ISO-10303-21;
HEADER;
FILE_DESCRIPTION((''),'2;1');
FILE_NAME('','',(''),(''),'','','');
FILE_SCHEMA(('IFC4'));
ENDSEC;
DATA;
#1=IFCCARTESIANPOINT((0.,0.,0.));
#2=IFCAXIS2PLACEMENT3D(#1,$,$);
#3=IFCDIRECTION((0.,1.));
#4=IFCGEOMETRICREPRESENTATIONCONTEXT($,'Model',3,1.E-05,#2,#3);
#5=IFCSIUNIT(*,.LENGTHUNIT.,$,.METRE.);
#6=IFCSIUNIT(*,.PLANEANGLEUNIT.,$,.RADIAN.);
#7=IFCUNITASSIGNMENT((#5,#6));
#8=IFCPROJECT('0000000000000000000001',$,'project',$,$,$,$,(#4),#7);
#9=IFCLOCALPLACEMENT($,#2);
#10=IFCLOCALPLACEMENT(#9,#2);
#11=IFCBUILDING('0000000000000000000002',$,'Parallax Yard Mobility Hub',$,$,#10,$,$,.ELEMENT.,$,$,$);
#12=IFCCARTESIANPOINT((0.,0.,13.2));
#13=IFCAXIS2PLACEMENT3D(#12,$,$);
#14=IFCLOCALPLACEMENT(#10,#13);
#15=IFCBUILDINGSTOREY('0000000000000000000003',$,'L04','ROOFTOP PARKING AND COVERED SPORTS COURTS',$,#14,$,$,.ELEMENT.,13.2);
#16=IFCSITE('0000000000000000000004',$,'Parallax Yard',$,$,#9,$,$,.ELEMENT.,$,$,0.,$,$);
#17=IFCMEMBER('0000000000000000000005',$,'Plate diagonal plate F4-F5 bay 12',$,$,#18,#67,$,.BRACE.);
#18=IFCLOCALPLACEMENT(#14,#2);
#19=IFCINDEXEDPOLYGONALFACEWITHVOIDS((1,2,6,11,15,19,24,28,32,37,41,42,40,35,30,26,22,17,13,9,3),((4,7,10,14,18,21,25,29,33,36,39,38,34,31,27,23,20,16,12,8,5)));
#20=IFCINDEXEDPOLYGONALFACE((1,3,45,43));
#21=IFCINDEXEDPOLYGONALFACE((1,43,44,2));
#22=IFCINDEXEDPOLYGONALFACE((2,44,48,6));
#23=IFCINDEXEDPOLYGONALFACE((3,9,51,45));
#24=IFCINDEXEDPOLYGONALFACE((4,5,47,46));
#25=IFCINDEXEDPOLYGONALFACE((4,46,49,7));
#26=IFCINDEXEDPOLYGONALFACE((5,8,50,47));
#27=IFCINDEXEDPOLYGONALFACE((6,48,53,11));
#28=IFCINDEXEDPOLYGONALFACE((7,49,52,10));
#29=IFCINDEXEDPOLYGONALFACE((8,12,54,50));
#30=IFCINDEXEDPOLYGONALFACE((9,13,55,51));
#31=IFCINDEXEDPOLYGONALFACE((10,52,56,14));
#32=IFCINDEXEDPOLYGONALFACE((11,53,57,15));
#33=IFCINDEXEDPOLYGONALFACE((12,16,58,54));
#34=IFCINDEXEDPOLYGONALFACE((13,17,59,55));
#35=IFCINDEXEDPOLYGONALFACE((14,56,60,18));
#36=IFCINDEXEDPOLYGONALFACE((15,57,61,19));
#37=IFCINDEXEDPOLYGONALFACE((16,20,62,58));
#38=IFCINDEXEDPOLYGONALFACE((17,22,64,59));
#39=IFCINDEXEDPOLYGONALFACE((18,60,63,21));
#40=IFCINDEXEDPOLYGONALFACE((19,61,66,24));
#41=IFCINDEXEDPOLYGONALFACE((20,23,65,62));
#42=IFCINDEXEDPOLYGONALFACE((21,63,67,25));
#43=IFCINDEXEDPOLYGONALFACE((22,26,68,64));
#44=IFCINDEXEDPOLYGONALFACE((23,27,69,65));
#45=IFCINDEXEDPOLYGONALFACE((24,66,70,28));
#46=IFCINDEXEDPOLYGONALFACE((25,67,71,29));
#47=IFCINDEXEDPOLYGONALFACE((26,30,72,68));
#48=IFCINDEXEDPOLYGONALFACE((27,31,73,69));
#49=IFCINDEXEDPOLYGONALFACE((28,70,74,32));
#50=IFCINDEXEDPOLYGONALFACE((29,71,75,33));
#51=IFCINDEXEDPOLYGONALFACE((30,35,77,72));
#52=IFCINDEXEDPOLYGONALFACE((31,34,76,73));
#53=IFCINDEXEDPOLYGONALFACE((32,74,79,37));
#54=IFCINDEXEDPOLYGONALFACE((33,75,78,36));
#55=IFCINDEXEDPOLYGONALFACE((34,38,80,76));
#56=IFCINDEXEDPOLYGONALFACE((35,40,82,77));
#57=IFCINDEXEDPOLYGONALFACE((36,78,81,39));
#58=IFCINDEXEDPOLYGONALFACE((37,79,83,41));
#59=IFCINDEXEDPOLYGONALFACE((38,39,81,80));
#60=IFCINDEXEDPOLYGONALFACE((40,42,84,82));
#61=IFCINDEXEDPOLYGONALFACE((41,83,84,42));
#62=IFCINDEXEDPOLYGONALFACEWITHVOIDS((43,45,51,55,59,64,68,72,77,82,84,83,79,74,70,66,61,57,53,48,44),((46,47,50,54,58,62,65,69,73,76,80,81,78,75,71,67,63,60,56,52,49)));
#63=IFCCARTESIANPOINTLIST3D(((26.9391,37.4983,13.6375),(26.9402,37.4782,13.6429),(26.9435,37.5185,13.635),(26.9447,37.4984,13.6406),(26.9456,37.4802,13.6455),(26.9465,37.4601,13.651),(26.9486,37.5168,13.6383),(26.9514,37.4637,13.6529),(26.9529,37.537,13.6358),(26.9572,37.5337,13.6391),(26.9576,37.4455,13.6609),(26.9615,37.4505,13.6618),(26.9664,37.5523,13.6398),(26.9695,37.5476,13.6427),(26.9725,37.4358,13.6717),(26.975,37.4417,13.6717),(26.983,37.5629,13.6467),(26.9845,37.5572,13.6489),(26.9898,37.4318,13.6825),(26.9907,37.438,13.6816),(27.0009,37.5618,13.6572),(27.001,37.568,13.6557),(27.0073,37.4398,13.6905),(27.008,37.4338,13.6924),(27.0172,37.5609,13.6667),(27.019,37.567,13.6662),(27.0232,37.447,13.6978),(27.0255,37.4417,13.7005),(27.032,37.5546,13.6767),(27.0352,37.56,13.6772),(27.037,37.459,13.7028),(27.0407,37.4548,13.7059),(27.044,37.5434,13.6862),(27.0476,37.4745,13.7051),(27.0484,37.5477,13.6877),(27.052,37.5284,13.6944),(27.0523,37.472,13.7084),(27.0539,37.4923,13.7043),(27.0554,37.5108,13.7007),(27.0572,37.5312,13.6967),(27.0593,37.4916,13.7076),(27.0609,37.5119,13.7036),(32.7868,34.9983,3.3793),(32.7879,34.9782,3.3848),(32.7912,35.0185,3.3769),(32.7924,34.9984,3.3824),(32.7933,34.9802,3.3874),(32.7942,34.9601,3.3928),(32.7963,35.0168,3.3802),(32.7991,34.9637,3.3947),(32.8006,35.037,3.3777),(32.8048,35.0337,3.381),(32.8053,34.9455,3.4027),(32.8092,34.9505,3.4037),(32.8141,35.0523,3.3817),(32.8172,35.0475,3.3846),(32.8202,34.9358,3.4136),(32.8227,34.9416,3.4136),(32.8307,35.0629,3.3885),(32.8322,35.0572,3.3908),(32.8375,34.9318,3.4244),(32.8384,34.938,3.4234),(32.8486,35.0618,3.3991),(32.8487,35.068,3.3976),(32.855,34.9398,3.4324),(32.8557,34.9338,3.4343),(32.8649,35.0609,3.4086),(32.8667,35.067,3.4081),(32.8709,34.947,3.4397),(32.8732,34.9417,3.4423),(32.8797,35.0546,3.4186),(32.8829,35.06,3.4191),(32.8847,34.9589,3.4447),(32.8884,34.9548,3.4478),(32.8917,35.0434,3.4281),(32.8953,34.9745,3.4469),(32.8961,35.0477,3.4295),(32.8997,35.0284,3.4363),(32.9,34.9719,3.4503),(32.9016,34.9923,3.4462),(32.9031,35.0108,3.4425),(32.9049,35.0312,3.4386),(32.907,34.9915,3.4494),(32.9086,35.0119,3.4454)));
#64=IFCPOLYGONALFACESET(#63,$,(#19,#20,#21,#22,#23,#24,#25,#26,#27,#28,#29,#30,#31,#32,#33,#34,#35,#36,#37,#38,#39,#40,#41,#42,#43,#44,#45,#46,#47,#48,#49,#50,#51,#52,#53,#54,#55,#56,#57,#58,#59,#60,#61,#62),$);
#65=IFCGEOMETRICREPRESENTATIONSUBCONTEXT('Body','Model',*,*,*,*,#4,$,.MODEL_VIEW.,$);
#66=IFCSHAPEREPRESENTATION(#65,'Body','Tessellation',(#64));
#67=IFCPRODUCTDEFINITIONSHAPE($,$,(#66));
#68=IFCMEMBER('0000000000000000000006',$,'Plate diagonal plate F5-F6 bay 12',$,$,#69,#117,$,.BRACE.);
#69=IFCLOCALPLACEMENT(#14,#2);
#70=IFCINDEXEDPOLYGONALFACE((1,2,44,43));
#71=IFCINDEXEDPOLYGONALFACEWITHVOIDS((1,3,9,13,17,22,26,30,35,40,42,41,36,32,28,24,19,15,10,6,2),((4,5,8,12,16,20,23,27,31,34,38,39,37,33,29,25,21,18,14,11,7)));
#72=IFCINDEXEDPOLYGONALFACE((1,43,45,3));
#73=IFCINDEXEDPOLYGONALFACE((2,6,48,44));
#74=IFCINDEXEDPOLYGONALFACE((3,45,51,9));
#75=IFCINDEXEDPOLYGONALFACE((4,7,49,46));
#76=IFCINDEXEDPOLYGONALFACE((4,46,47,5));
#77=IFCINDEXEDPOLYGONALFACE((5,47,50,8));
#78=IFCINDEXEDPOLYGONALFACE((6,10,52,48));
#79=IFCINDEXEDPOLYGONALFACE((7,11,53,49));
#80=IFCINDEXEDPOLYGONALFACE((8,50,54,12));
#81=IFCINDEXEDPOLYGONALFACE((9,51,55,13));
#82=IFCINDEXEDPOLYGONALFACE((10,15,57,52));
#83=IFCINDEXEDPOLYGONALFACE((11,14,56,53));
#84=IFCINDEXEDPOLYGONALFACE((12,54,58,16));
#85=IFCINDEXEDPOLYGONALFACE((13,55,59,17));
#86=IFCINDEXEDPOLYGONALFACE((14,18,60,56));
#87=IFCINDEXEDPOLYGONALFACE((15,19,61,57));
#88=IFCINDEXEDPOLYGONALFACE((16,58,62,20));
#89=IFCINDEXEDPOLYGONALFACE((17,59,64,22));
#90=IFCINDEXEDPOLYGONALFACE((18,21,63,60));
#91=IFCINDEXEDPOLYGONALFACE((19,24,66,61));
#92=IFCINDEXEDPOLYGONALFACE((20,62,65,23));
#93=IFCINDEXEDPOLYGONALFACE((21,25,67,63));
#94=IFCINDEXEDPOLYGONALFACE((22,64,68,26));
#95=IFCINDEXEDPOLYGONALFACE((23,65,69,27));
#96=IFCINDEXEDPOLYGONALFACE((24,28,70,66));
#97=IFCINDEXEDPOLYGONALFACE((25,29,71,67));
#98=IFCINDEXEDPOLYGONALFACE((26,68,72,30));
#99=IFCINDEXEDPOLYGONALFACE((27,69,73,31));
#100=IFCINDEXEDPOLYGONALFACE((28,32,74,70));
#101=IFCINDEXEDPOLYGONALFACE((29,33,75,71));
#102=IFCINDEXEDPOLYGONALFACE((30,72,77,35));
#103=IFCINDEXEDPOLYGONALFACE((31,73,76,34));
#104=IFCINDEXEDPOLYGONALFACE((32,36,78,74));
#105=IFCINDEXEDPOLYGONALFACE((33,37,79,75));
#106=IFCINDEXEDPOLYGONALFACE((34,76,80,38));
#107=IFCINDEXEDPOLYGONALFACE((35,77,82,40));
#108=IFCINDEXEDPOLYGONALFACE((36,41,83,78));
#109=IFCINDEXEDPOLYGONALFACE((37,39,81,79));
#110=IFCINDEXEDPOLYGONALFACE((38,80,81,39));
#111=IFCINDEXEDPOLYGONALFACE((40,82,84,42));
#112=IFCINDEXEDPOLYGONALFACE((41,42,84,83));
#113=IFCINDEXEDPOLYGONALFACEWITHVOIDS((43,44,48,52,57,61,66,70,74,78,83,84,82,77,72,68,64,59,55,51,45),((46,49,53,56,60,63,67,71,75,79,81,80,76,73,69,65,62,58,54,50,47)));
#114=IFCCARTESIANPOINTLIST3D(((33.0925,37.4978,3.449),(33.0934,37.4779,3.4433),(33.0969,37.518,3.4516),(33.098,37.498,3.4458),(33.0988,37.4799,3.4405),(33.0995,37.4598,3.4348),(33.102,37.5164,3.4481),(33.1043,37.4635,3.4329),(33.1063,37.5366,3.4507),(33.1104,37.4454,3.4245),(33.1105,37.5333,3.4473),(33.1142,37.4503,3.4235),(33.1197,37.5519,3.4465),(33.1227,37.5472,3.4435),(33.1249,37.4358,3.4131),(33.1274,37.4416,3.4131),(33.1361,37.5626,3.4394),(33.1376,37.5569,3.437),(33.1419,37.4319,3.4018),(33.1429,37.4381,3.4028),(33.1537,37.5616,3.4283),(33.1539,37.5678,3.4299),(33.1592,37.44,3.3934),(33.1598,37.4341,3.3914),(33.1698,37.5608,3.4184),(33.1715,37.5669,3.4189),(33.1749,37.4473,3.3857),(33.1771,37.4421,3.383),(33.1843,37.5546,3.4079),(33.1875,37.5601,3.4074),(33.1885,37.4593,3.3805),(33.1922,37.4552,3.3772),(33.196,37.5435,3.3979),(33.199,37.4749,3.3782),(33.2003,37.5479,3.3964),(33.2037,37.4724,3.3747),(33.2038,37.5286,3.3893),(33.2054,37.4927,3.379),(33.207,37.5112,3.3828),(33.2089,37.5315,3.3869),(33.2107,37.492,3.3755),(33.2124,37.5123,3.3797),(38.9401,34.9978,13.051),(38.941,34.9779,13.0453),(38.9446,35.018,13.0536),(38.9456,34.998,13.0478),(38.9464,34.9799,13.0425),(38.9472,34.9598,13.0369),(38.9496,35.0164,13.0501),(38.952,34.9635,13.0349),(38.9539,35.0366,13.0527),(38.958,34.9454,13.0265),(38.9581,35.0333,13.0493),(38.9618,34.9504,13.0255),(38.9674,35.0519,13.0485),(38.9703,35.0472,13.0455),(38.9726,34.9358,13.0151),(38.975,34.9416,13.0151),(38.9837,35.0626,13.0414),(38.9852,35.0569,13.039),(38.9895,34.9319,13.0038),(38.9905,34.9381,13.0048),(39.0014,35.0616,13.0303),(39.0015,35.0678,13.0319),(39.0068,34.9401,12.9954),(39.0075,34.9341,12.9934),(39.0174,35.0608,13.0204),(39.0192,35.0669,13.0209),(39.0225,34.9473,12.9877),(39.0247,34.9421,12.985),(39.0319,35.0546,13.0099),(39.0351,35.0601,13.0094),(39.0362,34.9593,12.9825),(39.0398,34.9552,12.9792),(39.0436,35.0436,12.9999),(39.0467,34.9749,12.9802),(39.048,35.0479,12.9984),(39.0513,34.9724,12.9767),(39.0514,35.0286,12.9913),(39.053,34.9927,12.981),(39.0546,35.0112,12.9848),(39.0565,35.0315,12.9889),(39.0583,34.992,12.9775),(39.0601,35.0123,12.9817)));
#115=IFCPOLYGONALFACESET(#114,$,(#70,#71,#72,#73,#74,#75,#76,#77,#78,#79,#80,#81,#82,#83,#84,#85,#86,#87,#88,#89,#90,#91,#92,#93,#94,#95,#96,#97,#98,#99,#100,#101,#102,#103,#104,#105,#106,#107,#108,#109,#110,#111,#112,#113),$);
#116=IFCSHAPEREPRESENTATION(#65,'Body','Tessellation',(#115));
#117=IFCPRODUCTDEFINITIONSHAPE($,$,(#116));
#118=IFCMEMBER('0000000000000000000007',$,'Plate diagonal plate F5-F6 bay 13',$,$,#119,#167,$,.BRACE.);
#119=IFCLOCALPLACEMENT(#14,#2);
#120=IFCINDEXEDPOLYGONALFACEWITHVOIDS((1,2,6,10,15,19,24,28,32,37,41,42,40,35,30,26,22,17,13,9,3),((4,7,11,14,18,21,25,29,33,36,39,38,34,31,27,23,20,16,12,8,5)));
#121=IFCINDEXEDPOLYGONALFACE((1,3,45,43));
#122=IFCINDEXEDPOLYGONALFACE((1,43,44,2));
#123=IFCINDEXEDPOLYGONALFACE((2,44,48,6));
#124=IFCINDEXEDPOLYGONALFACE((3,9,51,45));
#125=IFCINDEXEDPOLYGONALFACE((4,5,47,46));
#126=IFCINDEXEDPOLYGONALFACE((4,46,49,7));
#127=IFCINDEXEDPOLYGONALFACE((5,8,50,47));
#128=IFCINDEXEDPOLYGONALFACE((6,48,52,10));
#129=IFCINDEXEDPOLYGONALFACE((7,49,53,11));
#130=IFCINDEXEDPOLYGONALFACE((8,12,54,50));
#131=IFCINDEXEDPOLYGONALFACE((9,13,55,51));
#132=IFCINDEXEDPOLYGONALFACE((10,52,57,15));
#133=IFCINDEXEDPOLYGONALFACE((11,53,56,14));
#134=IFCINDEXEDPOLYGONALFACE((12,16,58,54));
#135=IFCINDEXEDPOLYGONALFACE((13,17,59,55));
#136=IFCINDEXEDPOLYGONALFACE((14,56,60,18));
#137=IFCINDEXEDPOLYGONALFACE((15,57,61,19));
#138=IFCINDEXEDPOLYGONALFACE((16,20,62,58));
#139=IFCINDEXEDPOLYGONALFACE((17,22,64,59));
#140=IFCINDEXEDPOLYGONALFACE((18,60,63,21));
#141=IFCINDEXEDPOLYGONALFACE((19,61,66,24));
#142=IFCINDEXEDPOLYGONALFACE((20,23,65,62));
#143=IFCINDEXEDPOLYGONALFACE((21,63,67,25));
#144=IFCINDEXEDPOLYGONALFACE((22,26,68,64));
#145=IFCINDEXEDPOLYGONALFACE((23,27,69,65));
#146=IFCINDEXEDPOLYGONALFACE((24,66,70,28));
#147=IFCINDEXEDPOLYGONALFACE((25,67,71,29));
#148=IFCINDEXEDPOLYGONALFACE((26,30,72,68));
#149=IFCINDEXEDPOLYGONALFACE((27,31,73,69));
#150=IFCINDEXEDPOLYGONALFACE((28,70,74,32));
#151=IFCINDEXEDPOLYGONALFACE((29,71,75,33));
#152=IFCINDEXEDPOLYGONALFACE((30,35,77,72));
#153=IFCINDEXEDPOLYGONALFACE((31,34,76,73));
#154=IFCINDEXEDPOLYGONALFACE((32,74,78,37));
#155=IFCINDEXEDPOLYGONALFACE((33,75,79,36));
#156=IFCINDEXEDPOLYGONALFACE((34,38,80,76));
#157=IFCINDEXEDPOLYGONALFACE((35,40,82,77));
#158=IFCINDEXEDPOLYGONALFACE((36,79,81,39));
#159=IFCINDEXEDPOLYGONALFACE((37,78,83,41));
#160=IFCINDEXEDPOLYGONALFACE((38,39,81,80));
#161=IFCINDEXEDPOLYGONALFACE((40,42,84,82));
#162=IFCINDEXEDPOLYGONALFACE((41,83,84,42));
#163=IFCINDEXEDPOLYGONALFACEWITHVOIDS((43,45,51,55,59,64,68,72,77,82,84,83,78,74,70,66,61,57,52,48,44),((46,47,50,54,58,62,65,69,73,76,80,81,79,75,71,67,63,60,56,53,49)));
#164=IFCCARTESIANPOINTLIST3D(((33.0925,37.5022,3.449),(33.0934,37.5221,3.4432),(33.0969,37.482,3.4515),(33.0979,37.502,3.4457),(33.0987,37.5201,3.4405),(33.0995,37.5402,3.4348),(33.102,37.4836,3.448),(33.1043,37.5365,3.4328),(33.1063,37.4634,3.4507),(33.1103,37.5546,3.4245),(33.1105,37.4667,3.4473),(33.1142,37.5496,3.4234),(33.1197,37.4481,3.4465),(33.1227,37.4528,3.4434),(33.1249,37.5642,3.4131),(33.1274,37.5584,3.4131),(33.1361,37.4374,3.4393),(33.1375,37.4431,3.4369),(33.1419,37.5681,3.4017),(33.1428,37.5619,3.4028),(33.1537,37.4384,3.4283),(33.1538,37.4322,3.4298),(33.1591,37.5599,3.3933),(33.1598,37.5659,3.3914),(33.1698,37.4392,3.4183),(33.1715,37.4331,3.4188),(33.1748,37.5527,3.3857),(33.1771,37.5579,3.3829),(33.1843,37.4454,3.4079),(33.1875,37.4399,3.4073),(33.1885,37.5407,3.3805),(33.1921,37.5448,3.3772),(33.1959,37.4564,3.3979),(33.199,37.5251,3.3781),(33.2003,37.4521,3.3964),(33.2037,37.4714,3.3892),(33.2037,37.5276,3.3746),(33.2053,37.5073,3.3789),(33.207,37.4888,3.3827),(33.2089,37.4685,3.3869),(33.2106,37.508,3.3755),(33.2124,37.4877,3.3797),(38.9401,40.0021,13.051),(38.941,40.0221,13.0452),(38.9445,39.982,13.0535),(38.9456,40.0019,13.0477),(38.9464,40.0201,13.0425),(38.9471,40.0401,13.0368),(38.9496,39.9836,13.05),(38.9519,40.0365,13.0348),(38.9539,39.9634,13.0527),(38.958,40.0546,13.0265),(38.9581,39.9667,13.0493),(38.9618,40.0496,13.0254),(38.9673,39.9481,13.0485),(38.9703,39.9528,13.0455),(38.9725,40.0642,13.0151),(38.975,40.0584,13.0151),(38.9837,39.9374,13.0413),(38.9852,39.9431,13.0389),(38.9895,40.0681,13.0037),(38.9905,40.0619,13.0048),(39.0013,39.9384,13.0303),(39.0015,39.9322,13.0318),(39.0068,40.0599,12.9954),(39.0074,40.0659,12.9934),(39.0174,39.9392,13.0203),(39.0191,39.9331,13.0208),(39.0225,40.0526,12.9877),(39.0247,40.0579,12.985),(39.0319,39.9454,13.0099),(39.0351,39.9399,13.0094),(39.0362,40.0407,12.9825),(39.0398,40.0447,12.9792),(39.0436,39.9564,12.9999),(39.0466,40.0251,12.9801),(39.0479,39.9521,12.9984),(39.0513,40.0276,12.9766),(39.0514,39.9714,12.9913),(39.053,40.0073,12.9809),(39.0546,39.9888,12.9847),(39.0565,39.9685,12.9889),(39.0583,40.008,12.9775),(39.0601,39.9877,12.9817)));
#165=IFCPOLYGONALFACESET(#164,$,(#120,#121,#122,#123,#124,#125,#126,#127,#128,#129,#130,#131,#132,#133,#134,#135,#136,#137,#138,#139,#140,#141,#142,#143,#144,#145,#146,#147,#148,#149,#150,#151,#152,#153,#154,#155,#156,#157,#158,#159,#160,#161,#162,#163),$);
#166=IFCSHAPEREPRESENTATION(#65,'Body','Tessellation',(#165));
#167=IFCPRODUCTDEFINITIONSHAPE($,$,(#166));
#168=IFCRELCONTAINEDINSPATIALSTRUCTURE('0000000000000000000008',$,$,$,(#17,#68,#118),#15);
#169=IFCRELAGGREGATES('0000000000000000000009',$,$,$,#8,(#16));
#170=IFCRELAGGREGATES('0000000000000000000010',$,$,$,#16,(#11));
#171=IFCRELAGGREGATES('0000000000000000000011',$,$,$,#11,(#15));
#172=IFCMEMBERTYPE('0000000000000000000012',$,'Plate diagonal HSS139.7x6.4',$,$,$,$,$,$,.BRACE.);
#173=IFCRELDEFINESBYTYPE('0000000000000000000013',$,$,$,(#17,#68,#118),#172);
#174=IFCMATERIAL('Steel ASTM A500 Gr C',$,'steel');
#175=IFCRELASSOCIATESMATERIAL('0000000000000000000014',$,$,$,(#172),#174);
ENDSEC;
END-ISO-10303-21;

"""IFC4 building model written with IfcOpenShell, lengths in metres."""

from ifc_helpers import new_model, si_unit, direction, frame, origin, origin_2d, place, context, subcontext, project, spatial, hollow_circle, extrude, material, material_profile, profile_set, type_object, element, save


model = new_model("IFC4")

# Units and contexts
model_context = context("Model", 3, precision=1e-05, world=origin(), true_north=direction((0.0, 1.0)))
body_context = subcontext(model_context, "Body", "Model", "MODEL_VIEW")
ifc_project = project(units=[si_unit("LENGTHUNIT", "METRE"), si_unit("PLANEANGLEUNIT", "RADIAN")], contexts=[model_context])

# Site, building, storey
site_placement = place(None, origin())
site = spatial("IfcSite", under=ifc_project, at=site_placement, Name="Parallax Yard", CompositionType="ELEMENT", RefElevation=0.0)
building_placement = place(site_placement, origin())
building = spatial("IfcBuilding", under=site, at=building_placement, Name="Parallax Yard Mobility Hub", CompositionType="ELEMENT")
storey_placement = place(building_placement, frame((0.0, 0.0, 13.2)))
storey = spatial("IfcBuildingStorey", under=building, at=storey_placement, Name="L04", Description="ROOFTOP PARKING AND COVERED SPORTS COURTS", CompositionType="ELEMENT", Elevation=13.2)

# Members
ifc_material_1 = material(Name="Steel ASTM A500 Gr C", Category="steel")
ifc_material_profile_1 = material_profile(ifc_material_1, hollow_circle(Radius=0.0698, WallThickness=0.0063, at=origin_2d()), Name="HSS139.7x6.4")
ifc_profile_set_1 = profile_set([ifc_material_profile_1], Name="Steel ASTM A500 Gr C")
member_type_1 = type_object("IfcMemberType", Name="Plate diagonal HSS139.7x6.4", PredefinedType="BRACE", material=ifc_profile_set_1)
member_1_placement = place(storey_placement, frame((32.8477, 35.0, 3.4136), z_axis=(-0.484499, 0.207134, 0.849916), x_axis=(-0.393104, -0.919494, 0.0)))
element("IfcMember", 1, at=member_1_placement, inside=storey, type_object=member_type_1, Name="Plate diagonal plate F4-F5 bay 12", PredefinedType="BRACE", context=body_context, shape_type="SweptSolid", body=[
    extrude(hollow_circle(Radius=0.0698, WallThickness=0.0063, at=origin_2d()), origin(), (0.0, 0.0, 1.0), 12.0696),
])
for number, where, z_axis, x_axis, name in (
    (2, (39.0, 35.0, 13.0151), (-0.507735, 0.217068, -0.833718), (-0.393104, -0.919494, 0.0), "Plate diagonal plate F5-F6 bay 12"),
    (3, (33.1523, 37.5, 3.4131), (0.507735, 0.217068, 0.833718), (-0.393104, 0.919494, 0.0), "Plate diagonal plate F5-F6 bay 13"),
):
    element("IfcMember", number, at=place(storey_placement, frame(where, z_axis=z_axis, x_axis=x_axis)), inside=storey, type_object=member_type_1, Name=name, PredefinedType="BRACE", context=body_context, shape_type="SweptSolid", body=[
        extrude(hollow_circle(Radius=0.0698, WallThickness=0.0063, at=origin_2d()), origin(), (0.0, 0.0, 1.0), 11.5171),
    ])

save(model, "model.ifc")
